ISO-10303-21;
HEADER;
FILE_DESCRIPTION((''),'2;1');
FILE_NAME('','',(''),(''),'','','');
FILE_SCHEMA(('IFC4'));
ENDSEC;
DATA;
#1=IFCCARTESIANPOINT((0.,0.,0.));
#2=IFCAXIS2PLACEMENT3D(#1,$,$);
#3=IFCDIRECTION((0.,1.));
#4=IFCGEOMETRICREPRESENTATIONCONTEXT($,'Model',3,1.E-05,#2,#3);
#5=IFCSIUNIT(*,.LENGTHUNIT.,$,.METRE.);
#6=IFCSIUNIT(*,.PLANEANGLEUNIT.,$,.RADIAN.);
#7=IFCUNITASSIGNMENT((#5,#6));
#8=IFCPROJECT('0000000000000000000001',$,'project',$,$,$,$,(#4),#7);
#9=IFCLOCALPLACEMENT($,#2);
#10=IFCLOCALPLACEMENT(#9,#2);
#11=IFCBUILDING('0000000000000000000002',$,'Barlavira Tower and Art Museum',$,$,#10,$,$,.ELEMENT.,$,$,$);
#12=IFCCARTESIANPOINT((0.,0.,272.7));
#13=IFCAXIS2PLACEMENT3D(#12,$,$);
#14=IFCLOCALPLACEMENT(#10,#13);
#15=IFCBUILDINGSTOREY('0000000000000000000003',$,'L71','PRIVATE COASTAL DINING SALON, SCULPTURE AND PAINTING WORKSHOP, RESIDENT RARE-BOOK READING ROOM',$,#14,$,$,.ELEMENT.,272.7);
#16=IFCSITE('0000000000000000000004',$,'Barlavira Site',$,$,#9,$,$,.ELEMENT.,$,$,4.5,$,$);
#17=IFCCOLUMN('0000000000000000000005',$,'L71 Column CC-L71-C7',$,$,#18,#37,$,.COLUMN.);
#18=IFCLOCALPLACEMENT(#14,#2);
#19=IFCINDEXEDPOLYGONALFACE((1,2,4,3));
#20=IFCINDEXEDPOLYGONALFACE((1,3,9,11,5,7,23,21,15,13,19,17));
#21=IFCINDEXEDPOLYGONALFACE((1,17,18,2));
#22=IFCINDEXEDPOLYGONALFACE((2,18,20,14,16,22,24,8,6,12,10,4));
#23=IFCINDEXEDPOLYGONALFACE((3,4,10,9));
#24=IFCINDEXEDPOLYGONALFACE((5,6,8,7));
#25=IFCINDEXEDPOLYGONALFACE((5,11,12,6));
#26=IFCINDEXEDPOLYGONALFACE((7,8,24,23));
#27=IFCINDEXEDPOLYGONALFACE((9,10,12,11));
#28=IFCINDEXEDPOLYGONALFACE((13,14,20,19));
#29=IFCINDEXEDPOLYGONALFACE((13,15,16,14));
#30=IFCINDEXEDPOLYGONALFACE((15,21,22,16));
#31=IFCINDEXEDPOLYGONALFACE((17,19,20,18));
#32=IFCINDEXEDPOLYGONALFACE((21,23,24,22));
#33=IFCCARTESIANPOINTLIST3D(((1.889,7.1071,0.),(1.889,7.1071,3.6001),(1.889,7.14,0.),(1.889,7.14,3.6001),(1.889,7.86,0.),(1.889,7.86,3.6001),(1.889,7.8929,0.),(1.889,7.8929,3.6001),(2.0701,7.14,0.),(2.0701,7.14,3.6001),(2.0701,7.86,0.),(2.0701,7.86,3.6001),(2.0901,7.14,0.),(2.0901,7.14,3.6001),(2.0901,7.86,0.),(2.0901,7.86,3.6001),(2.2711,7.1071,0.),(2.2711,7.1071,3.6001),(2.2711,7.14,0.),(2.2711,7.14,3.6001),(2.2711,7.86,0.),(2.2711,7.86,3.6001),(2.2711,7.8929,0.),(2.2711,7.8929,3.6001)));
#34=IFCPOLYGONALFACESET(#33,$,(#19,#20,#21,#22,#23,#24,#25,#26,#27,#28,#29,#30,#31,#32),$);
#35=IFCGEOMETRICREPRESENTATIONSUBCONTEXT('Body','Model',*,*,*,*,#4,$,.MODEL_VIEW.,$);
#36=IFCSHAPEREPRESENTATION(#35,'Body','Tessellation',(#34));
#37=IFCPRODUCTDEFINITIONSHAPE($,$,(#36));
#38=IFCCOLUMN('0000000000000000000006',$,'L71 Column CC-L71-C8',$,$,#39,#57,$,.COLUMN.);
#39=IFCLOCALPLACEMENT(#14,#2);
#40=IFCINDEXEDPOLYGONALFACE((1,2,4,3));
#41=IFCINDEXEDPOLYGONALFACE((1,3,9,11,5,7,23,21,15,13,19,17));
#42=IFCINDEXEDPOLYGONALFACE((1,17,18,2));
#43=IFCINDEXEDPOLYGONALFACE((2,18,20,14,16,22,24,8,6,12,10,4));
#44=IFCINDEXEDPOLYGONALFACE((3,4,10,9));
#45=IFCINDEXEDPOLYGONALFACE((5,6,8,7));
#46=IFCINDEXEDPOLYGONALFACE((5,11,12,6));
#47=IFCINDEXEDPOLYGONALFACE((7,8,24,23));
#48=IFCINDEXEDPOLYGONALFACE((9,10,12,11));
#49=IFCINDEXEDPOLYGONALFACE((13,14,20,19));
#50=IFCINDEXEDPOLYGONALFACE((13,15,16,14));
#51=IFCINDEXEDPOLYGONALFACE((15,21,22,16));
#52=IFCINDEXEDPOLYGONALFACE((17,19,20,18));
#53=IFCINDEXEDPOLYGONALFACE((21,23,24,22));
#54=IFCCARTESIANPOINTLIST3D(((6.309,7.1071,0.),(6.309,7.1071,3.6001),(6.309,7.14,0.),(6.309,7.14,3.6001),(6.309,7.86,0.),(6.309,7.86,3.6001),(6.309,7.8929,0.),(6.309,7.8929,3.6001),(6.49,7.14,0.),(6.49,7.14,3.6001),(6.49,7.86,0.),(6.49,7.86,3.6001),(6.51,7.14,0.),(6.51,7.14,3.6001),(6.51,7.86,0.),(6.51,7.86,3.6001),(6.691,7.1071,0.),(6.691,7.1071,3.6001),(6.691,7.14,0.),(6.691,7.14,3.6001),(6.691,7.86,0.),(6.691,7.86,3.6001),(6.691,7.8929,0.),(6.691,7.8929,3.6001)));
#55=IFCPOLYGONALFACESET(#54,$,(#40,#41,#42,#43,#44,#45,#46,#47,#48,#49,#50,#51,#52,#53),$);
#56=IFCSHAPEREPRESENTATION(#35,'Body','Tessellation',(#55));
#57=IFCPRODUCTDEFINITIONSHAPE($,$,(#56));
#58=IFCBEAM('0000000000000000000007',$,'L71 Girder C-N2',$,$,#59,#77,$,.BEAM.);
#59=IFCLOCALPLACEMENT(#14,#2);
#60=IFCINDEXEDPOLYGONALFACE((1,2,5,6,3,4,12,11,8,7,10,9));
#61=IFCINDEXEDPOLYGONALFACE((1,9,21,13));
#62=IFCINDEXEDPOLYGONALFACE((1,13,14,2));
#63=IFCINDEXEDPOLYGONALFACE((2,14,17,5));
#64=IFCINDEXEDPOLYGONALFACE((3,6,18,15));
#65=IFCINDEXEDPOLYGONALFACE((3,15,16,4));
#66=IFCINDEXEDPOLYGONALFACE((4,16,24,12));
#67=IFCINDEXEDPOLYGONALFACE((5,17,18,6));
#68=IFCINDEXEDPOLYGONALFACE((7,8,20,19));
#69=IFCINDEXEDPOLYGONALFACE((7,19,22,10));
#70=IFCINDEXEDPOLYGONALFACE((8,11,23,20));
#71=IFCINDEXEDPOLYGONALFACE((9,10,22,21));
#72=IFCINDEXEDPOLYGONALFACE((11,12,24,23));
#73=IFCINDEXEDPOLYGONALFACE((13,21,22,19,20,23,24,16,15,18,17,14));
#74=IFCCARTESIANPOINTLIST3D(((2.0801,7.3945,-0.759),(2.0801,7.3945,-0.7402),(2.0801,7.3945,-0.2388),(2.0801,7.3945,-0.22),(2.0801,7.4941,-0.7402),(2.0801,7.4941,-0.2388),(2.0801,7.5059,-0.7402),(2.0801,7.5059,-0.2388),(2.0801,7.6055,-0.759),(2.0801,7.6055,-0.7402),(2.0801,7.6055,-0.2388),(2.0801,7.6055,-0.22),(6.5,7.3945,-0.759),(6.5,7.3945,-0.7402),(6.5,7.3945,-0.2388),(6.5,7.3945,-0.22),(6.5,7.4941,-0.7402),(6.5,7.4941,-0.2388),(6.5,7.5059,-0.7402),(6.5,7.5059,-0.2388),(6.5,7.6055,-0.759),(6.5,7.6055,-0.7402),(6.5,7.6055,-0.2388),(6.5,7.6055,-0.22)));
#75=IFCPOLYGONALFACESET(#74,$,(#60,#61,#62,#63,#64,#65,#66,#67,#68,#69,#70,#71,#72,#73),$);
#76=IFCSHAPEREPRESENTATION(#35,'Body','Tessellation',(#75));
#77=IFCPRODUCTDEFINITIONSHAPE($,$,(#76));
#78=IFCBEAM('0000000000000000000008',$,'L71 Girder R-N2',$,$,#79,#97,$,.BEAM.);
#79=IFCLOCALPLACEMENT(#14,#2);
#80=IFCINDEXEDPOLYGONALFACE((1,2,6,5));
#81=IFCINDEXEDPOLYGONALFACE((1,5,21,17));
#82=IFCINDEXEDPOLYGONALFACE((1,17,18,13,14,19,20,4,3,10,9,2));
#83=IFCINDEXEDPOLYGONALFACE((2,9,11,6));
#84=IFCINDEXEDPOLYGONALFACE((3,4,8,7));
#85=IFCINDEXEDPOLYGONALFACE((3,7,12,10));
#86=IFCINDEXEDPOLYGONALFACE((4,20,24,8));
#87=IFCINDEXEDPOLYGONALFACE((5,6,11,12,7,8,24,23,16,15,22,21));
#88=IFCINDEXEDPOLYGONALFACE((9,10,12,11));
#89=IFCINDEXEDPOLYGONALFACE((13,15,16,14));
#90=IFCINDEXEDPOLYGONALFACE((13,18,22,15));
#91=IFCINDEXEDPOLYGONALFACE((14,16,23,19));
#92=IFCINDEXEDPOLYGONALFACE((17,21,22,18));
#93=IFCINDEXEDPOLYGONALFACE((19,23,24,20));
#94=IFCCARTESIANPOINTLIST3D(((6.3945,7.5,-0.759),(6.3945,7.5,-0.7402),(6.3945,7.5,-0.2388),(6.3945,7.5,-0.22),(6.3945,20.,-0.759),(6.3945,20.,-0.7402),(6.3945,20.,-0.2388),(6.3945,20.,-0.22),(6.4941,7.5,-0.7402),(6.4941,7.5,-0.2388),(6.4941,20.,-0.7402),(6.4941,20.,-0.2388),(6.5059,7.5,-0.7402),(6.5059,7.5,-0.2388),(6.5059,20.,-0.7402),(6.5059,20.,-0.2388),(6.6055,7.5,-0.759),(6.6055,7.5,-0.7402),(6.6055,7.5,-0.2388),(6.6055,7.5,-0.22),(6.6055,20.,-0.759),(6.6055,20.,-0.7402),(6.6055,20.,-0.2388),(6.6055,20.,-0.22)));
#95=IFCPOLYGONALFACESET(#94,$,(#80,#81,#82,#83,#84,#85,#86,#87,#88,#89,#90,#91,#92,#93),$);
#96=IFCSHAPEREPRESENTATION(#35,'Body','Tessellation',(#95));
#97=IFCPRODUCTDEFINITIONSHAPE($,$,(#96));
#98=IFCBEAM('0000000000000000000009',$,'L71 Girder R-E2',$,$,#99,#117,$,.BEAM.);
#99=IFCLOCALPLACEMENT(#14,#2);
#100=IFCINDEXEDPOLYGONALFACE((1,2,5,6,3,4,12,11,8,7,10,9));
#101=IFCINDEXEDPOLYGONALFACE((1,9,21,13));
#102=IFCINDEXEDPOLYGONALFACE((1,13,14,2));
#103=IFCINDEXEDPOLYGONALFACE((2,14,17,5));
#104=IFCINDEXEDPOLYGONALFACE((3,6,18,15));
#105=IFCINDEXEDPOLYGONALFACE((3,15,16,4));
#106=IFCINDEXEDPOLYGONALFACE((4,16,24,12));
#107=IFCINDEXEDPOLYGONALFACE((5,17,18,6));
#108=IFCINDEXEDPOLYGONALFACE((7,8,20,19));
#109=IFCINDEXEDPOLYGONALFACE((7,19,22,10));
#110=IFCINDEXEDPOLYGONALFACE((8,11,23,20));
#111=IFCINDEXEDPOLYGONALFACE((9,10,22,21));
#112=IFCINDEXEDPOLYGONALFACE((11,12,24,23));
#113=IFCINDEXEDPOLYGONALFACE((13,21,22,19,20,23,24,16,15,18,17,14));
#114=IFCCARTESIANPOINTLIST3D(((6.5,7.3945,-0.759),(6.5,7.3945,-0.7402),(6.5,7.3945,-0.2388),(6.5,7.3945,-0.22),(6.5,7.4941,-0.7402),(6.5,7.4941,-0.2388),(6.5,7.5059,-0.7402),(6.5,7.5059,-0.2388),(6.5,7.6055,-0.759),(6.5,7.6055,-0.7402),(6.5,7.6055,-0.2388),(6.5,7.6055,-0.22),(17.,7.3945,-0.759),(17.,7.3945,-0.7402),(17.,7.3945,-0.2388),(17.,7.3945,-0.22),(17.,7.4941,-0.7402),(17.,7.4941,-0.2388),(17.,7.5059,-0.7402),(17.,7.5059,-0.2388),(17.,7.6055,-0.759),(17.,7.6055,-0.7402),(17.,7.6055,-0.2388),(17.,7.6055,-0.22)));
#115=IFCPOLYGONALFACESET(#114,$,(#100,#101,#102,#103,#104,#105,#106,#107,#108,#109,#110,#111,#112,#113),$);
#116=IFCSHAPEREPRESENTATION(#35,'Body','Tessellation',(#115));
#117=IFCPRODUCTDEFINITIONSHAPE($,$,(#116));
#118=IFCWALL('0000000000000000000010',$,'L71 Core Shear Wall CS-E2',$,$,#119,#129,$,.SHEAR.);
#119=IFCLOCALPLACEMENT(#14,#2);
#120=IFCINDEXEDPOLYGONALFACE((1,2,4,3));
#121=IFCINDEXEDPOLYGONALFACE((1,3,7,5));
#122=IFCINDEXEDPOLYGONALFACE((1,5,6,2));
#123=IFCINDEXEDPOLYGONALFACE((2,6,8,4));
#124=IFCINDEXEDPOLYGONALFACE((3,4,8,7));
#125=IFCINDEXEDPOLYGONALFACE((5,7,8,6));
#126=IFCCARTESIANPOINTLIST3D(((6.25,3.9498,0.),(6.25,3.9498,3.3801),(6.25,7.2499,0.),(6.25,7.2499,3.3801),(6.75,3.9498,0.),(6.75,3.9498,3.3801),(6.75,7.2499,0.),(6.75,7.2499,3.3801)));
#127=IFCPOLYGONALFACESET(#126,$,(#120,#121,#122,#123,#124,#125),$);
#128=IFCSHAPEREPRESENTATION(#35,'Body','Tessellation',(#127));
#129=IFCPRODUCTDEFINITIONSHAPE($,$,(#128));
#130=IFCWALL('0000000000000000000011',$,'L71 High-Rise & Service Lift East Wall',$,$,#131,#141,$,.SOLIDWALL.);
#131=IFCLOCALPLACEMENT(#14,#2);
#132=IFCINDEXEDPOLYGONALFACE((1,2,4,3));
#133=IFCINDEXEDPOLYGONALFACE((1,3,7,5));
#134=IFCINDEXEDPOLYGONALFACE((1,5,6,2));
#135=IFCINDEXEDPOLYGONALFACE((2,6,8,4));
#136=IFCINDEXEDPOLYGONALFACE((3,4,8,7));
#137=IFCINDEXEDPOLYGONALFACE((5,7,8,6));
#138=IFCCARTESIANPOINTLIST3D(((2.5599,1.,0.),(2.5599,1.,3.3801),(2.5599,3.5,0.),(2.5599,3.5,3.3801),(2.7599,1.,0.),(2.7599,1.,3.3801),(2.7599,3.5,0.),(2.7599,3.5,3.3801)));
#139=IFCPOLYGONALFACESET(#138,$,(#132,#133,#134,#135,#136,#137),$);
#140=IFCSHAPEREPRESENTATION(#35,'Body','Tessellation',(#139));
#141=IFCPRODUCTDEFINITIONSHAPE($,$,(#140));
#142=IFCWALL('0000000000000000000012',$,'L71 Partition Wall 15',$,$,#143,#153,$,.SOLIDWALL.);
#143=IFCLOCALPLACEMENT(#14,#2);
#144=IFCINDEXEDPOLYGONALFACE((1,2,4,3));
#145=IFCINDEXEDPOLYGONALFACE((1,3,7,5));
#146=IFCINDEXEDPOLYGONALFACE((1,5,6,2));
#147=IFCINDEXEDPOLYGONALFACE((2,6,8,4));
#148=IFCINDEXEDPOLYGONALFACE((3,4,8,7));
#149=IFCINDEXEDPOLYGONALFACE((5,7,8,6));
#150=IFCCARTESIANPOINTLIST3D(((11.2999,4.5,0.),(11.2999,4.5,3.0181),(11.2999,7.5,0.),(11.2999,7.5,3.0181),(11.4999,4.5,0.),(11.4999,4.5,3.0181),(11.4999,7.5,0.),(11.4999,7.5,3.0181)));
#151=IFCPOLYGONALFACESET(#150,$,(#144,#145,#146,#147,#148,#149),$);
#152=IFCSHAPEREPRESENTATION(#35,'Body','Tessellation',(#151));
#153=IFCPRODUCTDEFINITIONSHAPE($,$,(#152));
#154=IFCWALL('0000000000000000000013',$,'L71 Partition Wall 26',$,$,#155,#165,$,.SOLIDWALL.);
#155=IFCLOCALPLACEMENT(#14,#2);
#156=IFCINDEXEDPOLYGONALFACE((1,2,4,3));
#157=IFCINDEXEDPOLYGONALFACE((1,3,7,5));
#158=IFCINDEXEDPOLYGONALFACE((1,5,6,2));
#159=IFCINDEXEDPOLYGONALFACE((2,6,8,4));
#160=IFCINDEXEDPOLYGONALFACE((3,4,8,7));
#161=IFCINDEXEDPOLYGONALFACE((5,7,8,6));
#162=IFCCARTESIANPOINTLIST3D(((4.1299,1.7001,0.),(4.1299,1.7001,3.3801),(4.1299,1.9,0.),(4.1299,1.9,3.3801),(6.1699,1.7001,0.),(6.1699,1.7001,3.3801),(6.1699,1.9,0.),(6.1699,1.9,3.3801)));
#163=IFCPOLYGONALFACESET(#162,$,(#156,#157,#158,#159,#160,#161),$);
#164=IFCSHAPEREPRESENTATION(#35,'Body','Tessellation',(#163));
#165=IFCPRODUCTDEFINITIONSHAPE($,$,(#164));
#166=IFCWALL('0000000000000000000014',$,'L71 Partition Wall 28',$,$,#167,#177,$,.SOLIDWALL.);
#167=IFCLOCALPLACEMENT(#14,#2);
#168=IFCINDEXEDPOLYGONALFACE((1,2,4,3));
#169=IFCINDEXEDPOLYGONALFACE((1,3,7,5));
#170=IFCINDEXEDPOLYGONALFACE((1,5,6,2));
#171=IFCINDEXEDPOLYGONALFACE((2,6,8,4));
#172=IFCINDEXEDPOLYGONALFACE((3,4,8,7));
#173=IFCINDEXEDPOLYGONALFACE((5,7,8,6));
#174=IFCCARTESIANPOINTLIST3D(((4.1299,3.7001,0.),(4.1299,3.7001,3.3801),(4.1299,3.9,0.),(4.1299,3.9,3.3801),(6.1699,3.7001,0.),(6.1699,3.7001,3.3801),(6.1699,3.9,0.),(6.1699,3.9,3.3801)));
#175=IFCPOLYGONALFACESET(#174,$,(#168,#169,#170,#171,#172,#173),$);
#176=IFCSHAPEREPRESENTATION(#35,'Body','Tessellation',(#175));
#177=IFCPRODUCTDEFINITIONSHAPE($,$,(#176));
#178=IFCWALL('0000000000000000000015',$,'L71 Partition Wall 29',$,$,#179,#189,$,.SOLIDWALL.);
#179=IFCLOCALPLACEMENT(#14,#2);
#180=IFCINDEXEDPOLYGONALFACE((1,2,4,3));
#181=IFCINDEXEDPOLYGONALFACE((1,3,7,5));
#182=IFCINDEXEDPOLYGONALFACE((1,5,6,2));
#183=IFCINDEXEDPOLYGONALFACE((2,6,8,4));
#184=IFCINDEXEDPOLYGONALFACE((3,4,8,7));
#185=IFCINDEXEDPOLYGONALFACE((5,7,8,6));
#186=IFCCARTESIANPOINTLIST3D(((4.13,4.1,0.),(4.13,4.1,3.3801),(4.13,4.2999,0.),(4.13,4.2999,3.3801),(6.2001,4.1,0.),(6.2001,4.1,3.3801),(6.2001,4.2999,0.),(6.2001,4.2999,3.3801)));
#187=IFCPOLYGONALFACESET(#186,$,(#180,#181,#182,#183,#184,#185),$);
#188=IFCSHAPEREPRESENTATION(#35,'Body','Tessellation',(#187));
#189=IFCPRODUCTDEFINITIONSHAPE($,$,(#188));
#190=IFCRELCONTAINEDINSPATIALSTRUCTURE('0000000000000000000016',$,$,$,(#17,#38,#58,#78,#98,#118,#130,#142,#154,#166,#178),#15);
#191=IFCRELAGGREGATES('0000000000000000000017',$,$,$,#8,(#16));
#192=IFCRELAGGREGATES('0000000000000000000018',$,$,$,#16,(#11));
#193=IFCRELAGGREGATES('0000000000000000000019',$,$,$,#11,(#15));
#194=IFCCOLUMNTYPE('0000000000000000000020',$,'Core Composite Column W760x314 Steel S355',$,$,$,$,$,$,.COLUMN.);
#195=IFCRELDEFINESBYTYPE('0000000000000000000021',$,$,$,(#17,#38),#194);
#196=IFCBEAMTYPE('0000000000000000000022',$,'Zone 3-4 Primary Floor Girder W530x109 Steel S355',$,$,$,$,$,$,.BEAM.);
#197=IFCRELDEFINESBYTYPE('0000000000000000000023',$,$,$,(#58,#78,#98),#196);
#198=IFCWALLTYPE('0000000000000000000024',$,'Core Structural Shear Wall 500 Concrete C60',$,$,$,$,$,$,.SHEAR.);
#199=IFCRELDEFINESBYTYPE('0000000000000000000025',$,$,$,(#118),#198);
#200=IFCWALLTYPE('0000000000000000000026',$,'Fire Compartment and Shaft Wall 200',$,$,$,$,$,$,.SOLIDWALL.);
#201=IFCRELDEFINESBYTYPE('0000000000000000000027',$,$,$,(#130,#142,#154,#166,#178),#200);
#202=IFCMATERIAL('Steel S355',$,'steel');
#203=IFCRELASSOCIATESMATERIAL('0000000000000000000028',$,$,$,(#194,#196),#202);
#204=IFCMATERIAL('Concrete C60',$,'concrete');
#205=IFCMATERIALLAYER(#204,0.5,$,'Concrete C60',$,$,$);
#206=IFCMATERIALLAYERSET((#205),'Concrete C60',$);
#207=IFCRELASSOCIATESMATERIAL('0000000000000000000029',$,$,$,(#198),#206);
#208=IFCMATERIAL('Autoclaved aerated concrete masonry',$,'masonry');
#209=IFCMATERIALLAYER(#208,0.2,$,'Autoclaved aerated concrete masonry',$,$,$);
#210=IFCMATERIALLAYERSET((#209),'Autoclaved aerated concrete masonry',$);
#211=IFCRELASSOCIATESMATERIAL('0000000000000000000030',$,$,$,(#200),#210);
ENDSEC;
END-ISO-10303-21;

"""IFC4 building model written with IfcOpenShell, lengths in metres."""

from ifc_helpers import new_model, si_unit, direction, frame, frame_2d, origin, origin_2d, place, context, subcontext, project, spatial, rectangle, i_section, extrude, material, layer, layer_set, material_profile, profile_set, type_object, element, save


model = new_model("IFC4")

# Units and contexts
model_context = context("Model", 3, precision=1e-05, world=origin(), true_north=direction((0.0, 1.0)))
body_context = subcontext(model_context, "Body", "Model", "MODEL_VIEW")
ifc_project = project(units=[si_unit("LENGTHUNIT", "METRE"), si_unit("PLANEANGLEUNIT", "RADIAN")], contexts=[model_context])

# Site, building, storey
site_placement = place(None, origin())
site = spatial("IfcSite", under=ifc_project, at=site_placement, Name="Barlavira Site", CompositionType="ELEMENT", RefElevation=4.5)
building_placement = place(site_placement, origin())
building = spatial("IfcBuilding", under=site, at=building_placement, Name="Barlavira Tower and Art Museum", CompositionType="ELEMENT")
storey_placement = place(building_placement, frame((0.0, 0.0, 272.7)))
storey = spatial("IfcBuildingStorey", under=building, at=storey_placement, Name="L71", Description="PRIVATE COASTAL DINING SALON, SCULPTURE AND PAINTING WORKSHOP, RESIDENT RARE-BOOK READING ROOM", CompositionType="ELEMENT", Elevation=272.7)

# Columns
ifc_material_1 = material(Name="Steel S355", Category="steel")
ifc_material_profile_1 = material_profile(ifc_material_1, i_section(OverallWidth=0.3821, OverallDepth=0.7859, WebThickness=0.02, FlangeThickness=0.033, at=origin_2d()), Name="W760x314.0")
ifc_profile_set_1 = profile_set([ifc_material_profile_1], Name="Steel S355")
column_type = type_object("IfcColumnType", Name="Core Composite Column W760x314 Steel S355", PredefinedType="COLUMN", material=ifc_profile_set_1)
for number, where, z_axis, x_axis, name in (
    (1, (2.0801, 7.5, 0.0), (0.0, 0.0, 1.0), (1.0, 0.0, 0.0), "L71 Column CC-L71-C7"),
    (2, (6.5, 7.5, 0.0), (0.0, 0.0, 1.0), (1.0, 0.0, 0.0), "L71 Column CC-L71-C8"),
):
    element("IfcColumn", number, at=place(storey_placement, frame(where, z_axis=z_axis, x_axis=x_axis)), inside=storey, type_object=column_type, Name=name, PredefinedType="COLUMN", context=body_context, shape_type="SweptSolid", body=[
        extrude(i_section(OverallWidth=0.3821, OverallDepth=0.7859, WebThickness=0.02, FlangeThickness=0.033, at=origin_2d()), origin(), (0.0, 0.0, 1.0), 3.6001),
    ])

# Beams
ifc_material_profile_2 = material_profile(ifc_material_1, i_section(OverallWidth=0.2109, OverallDepth=0.5391, WebThickness=0.0117, FlangeThickness=0.0188, at=origin_2d()), Name="W530x109.0")
ifc_profile_set_2 = profile_set([ifc_material_profile_2], Name="Steel S355")
beam_type = type_object("IfcBeamType", Name="Zone 3-4 Primary Floor Girder W530x109 Steel S355", PredefinedType="BEAM", material=ifc_profile_set_2)
beam_1_placement = place(storey_placement, frame((2.0801, 7.5, -0.4895), z_axis=(1.0, 0.0, 0.0), x_axis=(0.0, 1.0, 0.0)))
element("IfcBeam", 3, at=beam_1_placement, inside=storey, type_object=beam_type, Name="L71 Girder C-N2", PredefinedType="BEAM", context=body_context, shape_type="SweptSolid", body=[
    extrude(i_section(OverallWidth=0.2109, OverallDepth=0.5391, WebThickness=0.0117, FlangeThickness=0.0188, at=origin_2d()), origin(), (0.0, 0.0, 1.0), 4.4199),
])
beam_2_placement = place(storey_placement, frame((6.5, 7.5, -0.4895), z_axis=(0.0, 1.0, 0.0), x_axis=(-1.0, 0.0, 0.0)))
element("IfcBeam", 4, at=beam_2_placement, inside=storey, type_object=beam_type, Name="L71 Girder R-N2", PredefinedType="BEAM", context=body_context, shape_type="SweptSolid", body=[
    extrude(i_section(OverallWidth=0.2109, OverallDepth=0.5391, WebThickness=0.0117, FlangeThickness=0.0188, at=origin_2d()), origin(), (0.0, 0.0, 1.0), 12.5),
])
beam_3_placement = place(storey_placement, frame((6.5, 7.5, -0.4895), z_axis=(1.0, 0.0, 0.0), x_axis=(0.0, 1.0, 0.0)))
element("IfcBeam", 5, at=beam_3_placement, inside=storey, type_object=beam_type, Name="L71 Girder R-E2", PredefinedType="BEAM", context=body_context, shape_type="SweptSolid", body=[
    extrude(i_section(OverallWidth=0.2109, OverallDepth=0.5391, WebThickness=0.0117, FlangeThickness=0.0188, at=origin_2d()), origin(), (0.0, 0.0, 1.0), 10.5),
])

# Walls
ifc_material_2 = material(Name="Concrete C60", Category="concrete")
ifc_layer_1 = layer(ifc_material_2, 0.5, Name="Concrete C60")
ifc_layer_set_1 = layer_set([ifc_layer_1], Name="Concrete C60")
wall_type_1 = type_object("IfcWallType", Name="Core Structural Shear Wall 500 Concrete C60", PredefinedType="SHEAR", material=ifc_layer_set_1)
wall_1_placement = place(storey_placement, frame((6.5, 3.95, 0.0), z_axis=(0.0, 0.0, 1.0), x_axis=(0.0, 1.0, 0.0)))
element("IfcWall", 6, at=wall_1_placement, inside=storey, type_object=wall_type_1, Name="L71 Core Shear Wall CS-E2", PredefinedType="SHEAR", context=body_context, shape_type="SweptSolid", body=[
    extrude(rectangle(XDim=3.3, YDim=0.5, at=frame_2d((1.6499, 0.0))), origin(), (0.0, 0.0, 1.0), 3.3801),
])
ifc_material_3 = material(Name="Autoclaved aerated concrete masonry", Category="masonry")
ifc_layer_2 = layer(ifc_material_3, 0.2, Name="Autoclaved aerated concrete masonry")
ifc_layer_set_2 = layer_set([ifc_layer_2], Name="Autoclaved aerated concrete masonry")
wall_type_2 = type_object("IfcWallType", Name="Fire Compartment and Shaft Wall 200", PredefinedType="SOLIDWALL", material=ifc_layer_set_2)
wall_2_placement = place(storey_placement, frame((2.6599, 1.0, 0.0), z_axis=(0.0, 0.0, 1.0), x_axis=(0.0, 1.0, 0.0)))
element("IfcWall", 7, at=wall_2_placement, inside=storey, type_object=wall_type_2, Name="L71 High-Rise & Service Lift East Wall", PredefinedType="SOLIDWALL", context=body_context, shape_type="SweptSolid", body=[
    extrude(rectangle(XDim=2.5, YDim=0.2, at=frame_2d((1.25, 0.0))), origin(), (0.0, 0.0, 1.0), 3.3801),
])

# Walls
wall_3_placement = place(storey_placement, frame((11.3999, 4.5, 0.0), z_axis=(0.0, 0.0, 1.0), x_axis=(0.0, 1.0, 0.0)))
element("IfcWall", 8, at=wall_3_placement, inside=storey, type_object=wall_type_2, Name="L71 Partition Wall 15", PredefinedType="SOLIDWALL", context=body_context, shape_type="SweptSolid", body=[
    extrude(rectangle(XDim=3.0, YDim=0.2, at=frame_2d((1.5, 0.0))), origin(), (0.0, 0.0, 1.0), 3.0181),
])
for number, where, z_axis, x_axis, name in (
    (9, (4.1299, 1.8, 0.0), (0.0, 0.0, 1.0), (1.0, 0.0, 0.0), "L71 Partition Wall 26"),
    (10, (4.1299, 3.8, 0.0), (0.0, 0.0, 1.0), (1.0, 0.0, 0.0), "L71 Partition Wall 28"),
):
    element("IfcWall", number, at=place(storey_placement, frame(where, z_axis=z_axis, x_axis=x_axis)), inside=storey, type_object=wall_type_2, Name=name, PredefinedType="SOLIDWALL", context=body_context, shape_type="SweptSolid", body=[
        extrude(rectangle(XDim=2.04, YDim=0.2, at=frame_2d((1.02, 0.0))), origin(), (0.0, 0.0, 1.0), 3.3801),
    ])
wall_4_placement = place(storey_placement, frame((4.1299, 4.2, 0.0), z_axis=(0.0, 0.0, 1.0), x_axis=(1.0, 0.0, 0.0)))
element("IfcWall", 11, at=wall_4_placement, inside=storey, type_object=wall_type_2, Name="L71 Partition Wall 29", PredefinedType="SOLIDWALL", context=body_context, shape_type="SweptSolid", body=[
    extrude(rectangle(XDim=2.0701, YDim=0.2, at=frame_2d((1.0352, 0.0))), origin(), (0.0, 0.0, 1.0), 3.3801),
])

save(model, "model.ifc")
